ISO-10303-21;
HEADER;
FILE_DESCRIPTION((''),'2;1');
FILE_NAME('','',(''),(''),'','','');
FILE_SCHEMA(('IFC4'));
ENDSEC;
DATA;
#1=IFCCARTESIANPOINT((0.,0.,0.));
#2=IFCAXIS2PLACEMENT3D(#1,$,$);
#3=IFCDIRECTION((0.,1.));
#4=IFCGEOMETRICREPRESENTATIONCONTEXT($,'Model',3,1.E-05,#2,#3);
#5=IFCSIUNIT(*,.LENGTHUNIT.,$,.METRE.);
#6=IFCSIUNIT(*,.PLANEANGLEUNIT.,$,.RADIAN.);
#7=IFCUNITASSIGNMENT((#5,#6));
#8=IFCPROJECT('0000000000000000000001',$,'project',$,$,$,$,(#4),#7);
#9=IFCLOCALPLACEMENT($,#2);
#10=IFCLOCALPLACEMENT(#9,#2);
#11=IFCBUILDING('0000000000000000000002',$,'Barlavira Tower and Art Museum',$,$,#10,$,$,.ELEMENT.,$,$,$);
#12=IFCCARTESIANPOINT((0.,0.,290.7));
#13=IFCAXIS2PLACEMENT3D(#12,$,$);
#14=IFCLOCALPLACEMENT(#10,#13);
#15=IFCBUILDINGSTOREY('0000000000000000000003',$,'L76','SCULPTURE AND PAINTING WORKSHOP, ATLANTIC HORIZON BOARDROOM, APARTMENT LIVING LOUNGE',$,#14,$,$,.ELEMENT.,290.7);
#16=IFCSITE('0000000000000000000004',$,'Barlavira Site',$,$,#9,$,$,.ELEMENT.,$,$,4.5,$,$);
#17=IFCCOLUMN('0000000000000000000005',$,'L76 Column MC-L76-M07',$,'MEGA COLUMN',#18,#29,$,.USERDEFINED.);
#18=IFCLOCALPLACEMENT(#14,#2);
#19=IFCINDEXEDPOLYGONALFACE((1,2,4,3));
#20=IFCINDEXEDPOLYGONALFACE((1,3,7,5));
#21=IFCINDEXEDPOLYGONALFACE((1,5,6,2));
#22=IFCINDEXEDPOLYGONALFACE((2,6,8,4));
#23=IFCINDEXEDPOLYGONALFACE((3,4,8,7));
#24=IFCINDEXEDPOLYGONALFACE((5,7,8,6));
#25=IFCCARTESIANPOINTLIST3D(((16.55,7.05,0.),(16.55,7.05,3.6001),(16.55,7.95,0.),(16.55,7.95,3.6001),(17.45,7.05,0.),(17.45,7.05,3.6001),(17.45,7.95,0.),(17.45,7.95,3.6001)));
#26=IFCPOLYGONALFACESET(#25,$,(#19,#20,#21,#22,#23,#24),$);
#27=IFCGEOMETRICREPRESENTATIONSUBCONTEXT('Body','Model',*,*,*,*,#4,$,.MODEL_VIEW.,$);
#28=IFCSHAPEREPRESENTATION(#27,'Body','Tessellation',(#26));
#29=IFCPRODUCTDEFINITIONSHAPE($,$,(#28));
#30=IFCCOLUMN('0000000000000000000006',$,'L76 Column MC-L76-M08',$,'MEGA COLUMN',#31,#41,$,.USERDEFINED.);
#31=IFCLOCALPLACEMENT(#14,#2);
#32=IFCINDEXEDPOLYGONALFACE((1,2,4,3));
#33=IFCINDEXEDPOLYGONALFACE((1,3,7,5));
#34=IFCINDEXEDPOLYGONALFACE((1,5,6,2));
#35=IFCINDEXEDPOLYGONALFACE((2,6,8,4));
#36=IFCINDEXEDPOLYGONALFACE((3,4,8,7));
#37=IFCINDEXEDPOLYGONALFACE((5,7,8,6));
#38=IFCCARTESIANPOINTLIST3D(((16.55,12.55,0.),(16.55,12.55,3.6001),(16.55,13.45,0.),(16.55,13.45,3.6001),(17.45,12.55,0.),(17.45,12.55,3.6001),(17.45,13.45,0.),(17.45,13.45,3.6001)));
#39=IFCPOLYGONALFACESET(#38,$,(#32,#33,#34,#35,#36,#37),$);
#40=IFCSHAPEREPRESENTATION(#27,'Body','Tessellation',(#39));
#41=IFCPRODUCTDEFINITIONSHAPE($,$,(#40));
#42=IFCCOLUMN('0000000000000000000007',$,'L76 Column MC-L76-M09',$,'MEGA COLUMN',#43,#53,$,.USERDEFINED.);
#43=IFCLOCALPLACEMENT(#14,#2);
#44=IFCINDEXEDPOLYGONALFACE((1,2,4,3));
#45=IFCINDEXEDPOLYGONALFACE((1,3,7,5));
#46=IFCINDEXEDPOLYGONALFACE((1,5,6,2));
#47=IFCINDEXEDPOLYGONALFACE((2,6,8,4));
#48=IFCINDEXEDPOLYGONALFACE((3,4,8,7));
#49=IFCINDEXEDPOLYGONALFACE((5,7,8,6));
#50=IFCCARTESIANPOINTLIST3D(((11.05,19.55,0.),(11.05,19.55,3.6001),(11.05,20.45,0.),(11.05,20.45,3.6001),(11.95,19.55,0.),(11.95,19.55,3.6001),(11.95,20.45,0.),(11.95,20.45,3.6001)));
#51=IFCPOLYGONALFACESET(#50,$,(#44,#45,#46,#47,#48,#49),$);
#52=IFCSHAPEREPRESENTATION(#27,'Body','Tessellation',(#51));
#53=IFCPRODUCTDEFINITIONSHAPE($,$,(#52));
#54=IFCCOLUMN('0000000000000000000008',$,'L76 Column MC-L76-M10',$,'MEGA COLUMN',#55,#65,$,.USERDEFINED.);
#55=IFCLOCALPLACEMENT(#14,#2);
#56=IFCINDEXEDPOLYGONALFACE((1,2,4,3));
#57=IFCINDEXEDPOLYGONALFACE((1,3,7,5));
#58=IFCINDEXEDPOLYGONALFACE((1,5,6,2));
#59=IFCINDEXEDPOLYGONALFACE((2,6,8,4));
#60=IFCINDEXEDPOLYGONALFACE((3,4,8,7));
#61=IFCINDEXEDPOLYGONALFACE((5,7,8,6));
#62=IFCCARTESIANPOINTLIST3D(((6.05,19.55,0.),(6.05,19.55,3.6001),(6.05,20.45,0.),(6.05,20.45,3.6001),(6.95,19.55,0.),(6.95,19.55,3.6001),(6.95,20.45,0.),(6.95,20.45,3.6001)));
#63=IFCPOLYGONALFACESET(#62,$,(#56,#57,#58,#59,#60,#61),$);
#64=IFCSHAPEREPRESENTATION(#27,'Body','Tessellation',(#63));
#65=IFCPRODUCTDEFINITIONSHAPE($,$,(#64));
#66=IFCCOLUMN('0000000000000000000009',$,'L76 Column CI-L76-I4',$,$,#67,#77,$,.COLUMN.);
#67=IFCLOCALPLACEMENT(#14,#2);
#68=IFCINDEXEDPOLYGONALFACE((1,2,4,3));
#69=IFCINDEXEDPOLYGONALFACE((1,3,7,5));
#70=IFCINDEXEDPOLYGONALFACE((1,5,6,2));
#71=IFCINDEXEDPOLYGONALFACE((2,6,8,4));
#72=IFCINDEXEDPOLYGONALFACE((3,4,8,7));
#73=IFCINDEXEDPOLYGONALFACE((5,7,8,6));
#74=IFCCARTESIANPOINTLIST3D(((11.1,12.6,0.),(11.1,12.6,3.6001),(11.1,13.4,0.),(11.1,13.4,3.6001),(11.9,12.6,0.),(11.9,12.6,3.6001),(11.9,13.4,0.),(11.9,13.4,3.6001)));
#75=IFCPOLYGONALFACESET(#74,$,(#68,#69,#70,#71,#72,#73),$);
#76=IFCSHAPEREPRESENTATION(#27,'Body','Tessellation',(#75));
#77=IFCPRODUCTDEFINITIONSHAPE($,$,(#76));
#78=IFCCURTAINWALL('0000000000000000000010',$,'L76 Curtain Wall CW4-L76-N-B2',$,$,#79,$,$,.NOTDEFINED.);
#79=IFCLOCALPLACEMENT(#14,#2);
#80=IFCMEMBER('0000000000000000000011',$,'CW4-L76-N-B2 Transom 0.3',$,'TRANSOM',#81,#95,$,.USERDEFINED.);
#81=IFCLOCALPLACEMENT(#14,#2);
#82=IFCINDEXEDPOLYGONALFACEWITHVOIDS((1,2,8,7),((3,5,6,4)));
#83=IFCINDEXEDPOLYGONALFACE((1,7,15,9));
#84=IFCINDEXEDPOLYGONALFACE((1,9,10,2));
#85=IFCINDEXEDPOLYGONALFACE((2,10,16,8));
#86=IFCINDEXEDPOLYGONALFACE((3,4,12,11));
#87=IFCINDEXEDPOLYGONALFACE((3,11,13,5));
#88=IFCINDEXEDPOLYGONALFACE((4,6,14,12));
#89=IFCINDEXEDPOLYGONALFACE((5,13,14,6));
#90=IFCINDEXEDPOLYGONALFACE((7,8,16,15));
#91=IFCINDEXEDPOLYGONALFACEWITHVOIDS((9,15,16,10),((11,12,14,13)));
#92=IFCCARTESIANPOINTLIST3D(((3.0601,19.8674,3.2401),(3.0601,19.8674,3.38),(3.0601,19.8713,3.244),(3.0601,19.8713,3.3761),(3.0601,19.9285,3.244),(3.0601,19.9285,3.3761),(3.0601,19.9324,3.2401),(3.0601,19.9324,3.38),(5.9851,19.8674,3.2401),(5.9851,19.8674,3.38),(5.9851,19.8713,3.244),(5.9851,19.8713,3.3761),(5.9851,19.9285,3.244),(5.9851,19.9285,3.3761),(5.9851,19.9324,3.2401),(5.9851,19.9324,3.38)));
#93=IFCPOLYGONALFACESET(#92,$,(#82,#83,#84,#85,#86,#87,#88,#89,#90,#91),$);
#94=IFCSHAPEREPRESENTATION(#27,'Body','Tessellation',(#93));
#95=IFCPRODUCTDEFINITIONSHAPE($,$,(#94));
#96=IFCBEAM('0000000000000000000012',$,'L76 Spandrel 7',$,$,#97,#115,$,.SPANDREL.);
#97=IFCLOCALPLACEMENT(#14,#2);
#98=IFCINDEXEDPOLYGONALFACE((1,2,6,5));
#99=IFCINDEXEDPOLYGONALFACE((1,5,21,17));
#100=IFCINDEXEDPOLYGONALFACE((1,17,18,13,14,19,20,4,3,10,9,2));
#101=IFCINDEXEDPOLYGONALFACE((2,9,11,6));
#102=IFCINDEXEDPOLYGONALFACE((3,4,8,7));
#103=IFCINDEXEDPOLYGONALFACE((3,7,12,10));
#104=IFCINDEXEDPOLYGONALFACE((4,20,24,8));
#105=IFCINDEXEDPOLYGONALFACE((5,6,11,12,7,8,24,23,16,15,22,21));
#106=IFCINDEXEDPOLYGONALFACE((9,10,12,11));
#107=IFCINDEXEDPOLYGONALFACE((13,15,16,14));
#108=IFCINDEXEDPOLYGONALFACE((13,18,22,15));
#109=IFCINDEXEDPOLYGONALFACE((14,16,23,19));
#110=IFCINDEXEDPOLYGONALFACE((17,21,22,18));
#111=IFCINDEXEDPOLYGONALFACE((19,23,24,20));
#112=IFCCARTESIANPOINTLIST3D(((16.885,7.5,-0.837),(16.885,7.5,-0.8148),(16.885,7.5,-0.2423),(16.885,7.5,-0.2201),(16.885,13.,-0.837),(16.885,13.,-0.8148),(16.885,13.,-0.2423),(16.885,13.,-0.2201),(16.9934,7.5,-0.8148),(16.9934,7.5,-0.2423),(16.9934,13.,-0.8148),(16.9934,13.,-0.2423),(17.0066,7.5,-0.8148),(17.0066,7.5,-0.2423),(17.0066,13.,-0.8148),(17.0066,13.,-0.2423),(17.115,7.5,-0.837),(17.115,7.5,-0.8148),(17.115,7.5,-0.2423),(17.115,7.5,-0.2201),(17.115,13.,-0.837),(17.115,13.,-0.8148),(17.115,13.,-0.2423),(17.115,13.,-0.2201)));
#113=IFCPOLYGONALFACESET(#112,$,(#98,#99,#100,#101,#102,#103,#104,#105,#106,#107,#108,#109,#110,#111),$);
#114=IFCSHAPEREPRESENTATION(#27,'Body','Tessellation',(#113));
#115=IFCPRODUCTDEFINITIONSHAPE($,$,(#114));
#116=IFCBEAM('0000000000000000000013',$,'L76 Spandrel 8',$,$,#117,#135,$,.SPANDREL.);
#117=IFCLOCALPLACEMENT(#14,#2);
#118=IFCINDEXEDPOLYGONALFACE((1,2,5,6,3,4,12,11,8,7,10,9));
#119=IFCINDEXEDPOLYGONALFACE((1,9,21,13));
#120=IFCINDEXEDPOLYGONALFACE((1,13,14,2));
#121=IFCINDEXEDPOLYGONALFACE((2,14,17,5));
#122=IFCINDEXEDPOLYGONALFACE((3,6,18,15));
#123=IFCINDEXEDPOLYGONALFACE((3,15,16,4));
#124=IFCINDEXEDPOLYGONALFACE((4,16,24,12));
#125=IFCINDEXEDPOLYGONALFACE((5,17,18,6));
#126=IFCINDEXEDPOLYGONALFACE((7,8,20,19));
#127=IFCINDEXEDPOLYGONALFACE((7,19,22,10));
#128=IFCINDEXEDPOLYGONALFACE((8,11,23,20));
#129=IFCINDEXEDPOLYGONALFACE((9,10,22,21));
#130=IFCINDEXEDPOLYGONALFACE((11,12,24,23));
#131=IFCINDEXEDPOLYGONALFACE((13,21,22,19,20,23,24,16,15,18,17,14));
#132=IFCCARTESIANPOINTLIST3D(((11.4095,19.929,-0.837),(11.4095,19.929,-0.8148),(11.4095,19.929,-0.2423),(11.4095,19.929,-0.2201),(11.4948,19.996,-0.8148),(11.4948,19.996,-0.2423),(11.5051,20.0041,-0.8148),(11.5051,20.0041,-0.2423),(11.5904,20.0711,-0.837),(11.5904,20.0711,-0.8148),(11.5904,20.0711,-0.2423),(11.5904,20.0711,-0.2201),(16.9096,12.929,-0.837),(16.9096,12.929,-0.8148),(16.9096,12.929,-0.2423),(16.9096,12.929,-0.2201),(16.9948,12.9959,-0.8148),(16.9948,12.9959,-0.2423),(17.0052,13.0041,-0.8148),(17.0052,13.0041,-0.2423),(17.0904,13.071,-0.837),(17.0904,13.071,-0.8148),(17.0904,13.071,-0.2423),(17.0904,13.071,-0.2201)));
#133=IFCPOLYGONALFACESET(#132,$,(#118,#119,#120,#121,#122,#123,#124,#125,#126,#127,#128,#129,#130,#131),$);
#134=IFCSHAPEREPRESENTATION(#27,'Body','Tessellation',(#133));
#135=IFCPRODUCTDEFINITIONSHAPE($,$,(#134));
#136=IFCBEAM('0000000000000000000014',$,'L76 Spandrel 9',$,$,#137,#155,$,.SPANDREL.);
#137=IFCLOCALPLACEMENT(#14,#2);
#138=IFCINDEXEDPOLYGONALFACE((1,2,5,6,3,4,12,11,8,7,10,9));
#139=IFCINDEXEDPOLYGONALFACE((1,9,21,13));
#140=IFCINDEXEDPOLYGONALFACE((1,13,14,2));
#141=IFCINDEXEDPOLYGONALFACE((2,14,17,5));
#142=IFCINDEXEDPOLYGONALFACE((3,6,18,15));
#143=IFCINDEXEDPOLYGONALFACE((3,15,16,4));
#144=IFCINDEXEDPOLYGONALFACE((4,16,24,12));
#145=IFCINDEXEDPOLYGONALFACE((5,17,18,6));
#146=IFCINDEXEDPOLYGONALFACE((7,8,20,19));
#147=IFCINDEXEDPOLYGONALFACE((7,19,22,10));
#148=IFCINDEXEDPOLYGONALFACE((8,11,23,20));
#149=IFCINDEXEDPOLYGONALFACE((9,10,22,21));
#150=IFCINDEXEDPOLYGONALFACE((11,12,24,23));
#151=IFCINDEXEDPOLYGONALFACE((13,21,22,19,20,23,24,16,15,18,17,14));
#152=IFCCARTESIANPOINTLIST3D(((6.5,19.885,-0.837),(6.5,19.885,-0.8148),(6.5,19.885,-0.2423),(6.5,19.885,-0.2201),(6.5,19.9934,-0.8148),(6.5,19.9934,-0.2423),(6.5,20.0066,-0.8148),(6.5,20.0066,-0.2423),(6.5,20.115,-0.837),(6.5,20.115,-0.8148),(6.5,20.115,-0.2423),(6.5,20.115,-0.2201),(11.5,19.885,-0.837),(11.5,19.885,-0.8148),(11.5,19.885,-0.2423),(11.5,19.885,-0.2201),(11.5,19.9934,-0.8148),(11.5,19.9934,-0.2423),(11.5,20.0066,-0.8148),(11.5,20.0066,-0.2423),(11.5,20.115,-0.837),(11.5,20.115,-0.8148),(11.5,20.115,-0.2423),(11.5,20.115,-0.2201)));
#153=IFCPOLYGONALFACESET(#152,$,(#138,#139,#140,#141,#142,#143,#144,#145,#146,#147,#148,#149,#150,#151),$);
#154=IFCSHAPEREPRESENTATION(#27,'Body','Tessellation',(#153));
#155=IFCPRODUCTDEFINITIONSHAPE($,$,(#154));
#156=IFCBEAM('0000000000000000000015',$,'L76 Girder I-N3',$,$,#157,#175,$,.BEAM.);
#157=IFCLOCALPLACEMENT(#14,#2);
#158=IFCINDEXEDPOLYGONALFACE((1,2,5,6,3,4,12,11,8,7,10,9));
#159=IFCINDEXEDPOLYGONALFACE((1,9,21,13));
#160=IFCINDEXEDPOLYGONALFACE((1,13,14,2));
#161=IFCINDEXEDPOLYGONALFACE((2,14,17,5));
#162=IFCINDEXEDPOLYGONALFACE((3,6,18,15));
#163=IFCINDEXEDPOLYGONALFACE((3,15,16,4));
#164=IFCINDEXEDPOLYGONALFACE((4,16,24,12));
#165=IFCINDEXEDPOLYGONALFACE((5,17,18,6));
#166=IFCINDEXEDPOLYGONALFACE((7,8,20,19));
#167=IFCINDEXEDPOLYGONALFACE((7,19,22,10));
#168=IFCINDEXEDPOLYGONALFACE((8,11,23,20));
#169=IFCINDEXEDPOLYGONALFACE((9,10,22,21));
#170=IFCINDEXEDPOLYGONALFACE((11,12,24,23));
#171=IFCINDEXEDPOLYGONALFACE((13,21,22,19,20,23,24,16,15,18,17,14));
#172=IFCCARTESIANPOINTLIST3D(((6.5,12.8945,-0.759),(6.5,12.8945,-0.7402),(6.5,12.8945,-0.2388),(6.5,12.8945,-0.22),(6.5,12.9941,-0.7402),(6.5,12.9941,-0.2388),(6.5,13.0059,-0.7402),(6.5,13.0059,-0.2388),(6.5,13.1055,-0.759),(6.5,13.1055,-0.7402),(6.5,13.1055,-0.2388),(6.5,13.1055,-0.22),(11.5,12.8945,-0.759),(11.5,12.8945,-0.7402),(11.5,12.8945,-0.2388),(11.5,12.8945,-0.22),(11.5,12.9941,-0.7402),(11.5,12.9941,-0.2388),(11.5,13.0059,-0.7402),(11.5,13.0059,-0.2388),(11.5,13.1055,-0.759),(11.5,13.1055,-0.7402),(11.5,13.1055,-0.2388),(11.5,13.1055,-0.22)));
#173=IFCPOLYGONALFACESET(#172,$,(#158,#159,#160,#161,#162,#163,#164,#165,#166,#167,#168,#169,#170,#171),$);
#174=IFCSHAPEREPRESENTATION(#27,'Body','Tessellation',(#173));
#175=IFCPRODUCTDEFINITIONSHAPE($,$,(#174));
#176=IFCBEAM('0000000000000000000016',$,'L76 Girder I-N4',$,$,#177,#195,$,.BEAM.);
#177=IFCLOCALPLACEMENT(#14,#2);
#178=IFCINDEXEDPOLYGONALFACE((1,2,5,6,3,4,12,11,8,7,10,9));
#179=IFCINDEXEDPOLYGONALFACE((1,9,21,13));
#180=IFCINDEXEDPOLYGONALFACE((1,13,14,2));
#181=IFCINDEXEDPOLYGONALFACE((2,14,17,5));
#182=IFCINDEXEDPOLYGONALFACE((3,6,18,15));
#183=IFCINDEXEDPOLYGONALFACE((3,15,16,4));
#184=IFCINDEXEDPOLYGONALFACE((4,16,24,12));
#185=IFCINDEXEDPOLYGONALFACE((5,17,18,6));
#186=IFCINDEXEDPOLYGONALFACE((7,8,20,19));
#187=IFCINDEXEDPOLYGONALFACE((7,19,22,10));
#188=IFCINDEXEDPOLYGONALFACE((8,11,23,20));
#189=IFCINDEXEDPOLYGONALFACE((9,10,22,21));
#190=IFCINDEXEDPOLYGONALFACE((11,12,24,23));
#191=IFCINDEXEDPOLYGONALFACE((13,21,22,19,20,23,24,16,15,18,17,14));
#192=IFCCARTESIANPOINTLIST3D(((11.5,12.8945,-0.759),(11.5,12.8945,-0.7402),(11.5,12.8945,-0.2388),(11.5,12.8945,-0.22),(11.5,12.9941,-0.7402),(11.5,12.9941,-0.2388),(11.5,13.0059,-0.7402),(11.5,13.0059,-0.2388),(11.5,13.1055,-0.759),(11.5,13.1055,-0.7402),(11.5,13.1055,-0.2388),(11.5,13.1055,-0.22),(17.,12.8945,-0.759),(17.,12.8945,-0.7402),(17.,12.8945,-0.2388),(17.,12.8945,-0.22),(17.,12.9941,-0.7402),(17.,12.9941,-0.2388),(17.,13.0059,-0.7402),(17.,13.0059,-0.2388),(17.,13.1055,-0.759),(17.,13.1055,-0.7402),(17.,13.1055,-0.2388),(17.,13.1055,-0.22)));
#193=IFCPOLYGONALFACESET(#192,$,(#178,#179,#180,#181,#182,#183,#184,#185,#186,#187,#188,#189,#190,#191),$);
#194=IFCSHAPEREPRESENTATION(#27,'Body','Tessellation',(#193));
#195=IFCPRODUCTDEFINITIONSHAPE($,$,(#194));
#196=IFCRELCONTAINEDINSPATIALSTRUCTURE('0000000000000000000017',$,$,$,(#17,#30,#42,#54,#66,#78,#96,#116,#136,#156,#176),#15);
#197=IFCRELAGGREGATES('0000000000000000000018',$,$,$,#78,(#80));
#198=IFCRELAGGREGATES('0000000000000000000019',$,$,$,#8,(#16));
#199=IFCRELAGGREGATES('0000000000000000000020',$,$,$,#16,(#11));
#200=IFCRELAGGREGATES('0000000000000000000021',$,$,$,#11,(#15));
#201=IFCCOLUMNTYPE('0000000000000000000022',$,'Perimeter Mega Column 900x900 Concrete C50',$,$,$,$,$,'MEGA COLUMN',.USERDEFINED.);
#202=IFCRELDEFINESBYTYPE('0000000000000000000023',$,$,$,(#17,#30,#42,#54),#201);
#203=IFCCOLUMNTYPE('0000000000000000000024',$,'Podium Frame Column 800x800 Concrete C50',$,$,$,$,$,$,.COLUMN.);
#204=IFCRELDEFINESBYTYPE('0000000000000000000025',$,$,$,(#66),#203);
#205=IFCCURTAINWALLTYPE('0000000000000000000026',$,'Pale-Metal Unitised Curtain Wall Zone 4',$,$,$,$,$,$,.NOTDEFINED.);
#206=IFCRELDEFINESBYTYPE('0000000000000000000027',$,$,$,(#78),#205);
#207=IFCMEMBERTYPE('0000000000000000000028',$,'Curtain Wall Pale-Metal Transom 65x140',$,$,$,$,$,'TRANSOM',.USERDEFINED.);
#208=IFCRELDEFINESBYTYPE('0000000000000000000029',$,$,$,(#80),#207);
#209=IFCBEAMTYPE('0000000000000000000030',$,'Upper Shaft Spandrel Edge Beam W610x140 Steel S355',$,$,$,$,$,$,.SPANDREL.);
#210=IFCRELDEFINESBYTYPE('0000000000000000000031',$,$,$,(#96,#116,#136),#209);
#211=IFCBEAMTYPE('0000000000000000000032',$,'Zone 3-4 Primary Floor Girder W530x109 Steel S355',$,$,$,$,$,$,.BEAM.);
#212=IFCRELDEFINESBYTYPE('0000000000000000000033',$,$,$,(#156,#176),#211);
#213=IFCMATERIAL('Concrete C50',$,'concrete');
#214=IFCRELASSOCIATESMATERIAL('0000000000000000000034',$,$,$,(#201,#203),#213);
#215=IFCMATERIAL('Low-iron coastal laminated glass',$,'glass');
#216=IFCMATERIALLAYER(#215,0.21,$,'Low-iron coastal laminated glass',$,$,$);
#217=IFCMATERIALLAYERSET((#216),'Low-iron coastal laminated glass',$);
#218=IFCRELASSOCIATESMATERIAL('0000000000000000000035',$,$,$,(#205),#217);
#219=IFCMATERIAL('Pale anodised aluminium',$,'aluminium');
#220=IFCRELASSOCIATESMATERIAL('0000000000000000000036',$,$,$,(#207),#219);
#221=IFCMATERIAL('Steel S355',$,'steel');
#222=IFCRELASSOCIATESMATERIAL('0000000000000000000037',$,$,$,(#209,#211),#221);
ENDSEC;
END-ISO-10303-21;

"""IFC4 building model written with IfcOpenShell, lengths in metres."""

from ifc_helpers import new_model, si_unit, direction, frame, origin, origin_2d, place, context, subcontext, project, spatial, rectangle, hollow_rectangle, i_section, extrude, material, layer, layer_set, material_profile, profile_set, type_object, element, aggregate, save


model = new_model("IFC4")

# Units and contexts
model_context = context("Model", 3, precision=1e-05, world=origin(), true_north=direction((0.0, 1.0)))
body_context = subcontext(model_context, "Body", "Model", "MODEL_VIEW")
ifc_project = project(units=[si_unit("LENGTHUNIT", "METRE"), si_unit("PLANEANGLEUNIT", "RADIAN")], contexts=[model_context])

# Site, building, storey
site_placement = place(None, origin())
site = spatial("IfcSite", under=ifc_project, at=site_placement, Name="Barlavira Site", CompositionType="ELEMENT", RefElevation=4.5)
building_placement = place(site_placement, origin())
building = spatial("IfcBuilding", under=site, at=building_placement, Name="Barlavira Tower and Art Museum", CompositionType="ELEMENT")
storey_placement = place(building_placement, frame((0.0, 0.0, 290.7)))
storey = spatial("IfcBuildingStorey", under=building, at=storey_placement, Name="L76", Description="SCULPTURE AND PAINTING WORKSHOP, ATLANTIC HORIZON BOARDROOM, APARTMENT LIVING LOUNGE", CompositionType="ELEMENT", Elevation=290.7)

# Columns
ifc_material_1 = material(Name="Concrete C50", Category="concrete")
ifc_material_profile_1 = material_profile(ifc_material_1, rectangle(XDim=0.8999, YDim=0.8999, at=origin_2d()), Name="RC-COL 900x900")
ifc_profile_set_1 = profile_set([ifc_material_profile_1], Name="Concrete C50")
column_type_1 = type_object("IfcColumnType", Name="Perimeter Mega Column 900x900 Concrete C50", ElementType="MEGA COLUMN", PredefinedType="USERDEFINED", material=ifc_profile_set_1)
for number, where, z_axis, x_axis, name in (
    (1, (17.0, 7.5, 0.0), (0.0, 0.0, 1.0), (1.0, 0.0, 0.0), "L76 Column MC-L76-M07"),
    (2, (17.0, 13.0, 0.0), (0.0, 0.0, 1.0), (1.0, 0.0, 0.0), "L76 Column MC-L76-M08"),
    (3, (11.5, 20.0, 0.0), (0.0, 0.0, 1.0), (1.0, 0.0, 0.0), "L76 Column MC-L76-M09"),
    (4, (6.5, 20.0, 0.0), (0.0, 0.0, 1.0), (1.0, 0.0, 0.0), "L76 Column MC-L76-M10"),
):
    element("IfcColumn", number, at=place(storey_placement, frame(where, z_axis=z_axis, x_axis=x_axis)), inside=storey, type_object=column_type_1, Name=name, ObjectType="MEGA COLUMN", PredefinedType="USERDEFINED", context=body_context, shape_type="SweptSolid", body=[
        extrude(rectangle(XDim=0.8999, YDim=0.8999, at=origin_2d()), origin(), (0.0, 0.0, 1.0), 3.6001),
    ])
ifc_material_profile_2 = material_profile(ifc_material_1, rectangle(XDim=0.8, YDim=0.8, at=origin_2d()), Name="RC-COL 800x800")
ifc_profile_set_2 = profile_set([ifc_material_profile_2], Name="Concrete C50")
column_type_2 = type_object("IfcColumnType", Name="Podium Frame Column 800x800 Concrete C50", PredefinedType="COLUMN", material=ifc_profile_set_2)
column_placement = place(storey_placement, frame((11.5, 13.0, 0.0), z_axis=(0.0, 0.0, 1.0), x_axis=(1.0, 0.0, 0.0)))
element("IfcColumn", 5, at=column_placement, inside=storey, type_object=column_type_2, Name="L76 Column CI-L76-I4", PredefinedType="COLUMN", context=body_context, shape_type="SweptSolid", body=[
    extrude(rectangle(XDim=0.8, YDim=0.8, at=origin_2d()), origin(), (0.0, 0.0, 1.0), 3.6001),
])

# Curtain wall, member
ifc_material_2 = material(Name="Low-iron coastal laminated glass", Category="glass")
ifc_layer_1 = layer(ifc_material_2, 0.21, Name="Low-iron coastal laminated glass")
ifc_layer_set_1 = layer_set([ifc_layer_1], Name="Low-iron coastal laminated glass")
curtain_wall_type = type_object("IfcCurtainWallType", Name="Pale-Metal Unitised Curtain Wall Zone 4", PredefinedType="NOTDEFINED", material=ifc_layer_set_1)
curtain_wall_placement = place(storey_placement, origin())
curtain_wall = element("IfcCurtainWall", 6, at=curtain_wall_placement, inside=storey, type_object=curtain_wall_type, Name="L76 Curtain Wall CW4-L76-N-B2", PredefinedType="NOTDEFINED")
ifc_material_3 = material(Name="Pale anodised aluminium", Category="aluminium")
ifc_material_profile_3 = material_profile(ifc_material_3, hollow_rectangle(XDim=0.0649, YDim=0.1399, WallThickness=0.0039, at=origin_2d()), Name="ALU-TRAN 65x140x4")
ifc_profile_set_3 = profile_set([ifc_material_profile_3], Name="Pale anodised aluminium")
member_type = type_object("IfcMemberType", Name="Curtain Wall Pale-Metal Transom 65x140", ElementType="TRANSOM", PredefinedType="USERDEFINED", material=ifc_profile_set_3)
member_placement = place(storey_placement, frame((5.9851, 19.8999, 3.3101), z_axis=(-1.0, 0.0, 0.0), x_axis=(0.0, -1.0, 0.0)))
member = element("IfcMember", 7, at=member_placement, type_object=member_type, Name="CW4-L76-N-B2 Transom 0.3", ObjectType="TRANSOM", PredefinedType="USERDEFINED", context=body_context, shape_type="SweptSolid", body=[
    extrude(hollow_rectangle(XDim=0.0649, YDim=0.1399, WallThickness=0.0039, at=origin_2d()), origin(), (0.0, 0.0, 1.0), 2.925),
])
aggregate(curtain_wall, [member])

# Beams
ifc_material_4 = material(Name="Steel S355", Category="steel")
ifc_material_profile_4 = material_profile(ifc_material_4, i_section(OverallWidth=0.23, OverallDepth=0.6169, WebThickness=0.0132, FlangeThickness=0.0222, at=origin_2d()), Name="W610x140.0")
ifc_profile_set_4 = profile_set([ifc_material_profile_4], Name="Steel S355")
beam_type_1 = type_object("IfcBeamType", Name="Upper Shaft Spandrel Edge Beam W610x140 Steel S355", PredefinedType="SPANDREL", material=ifc_profile_set_4)
beam_1_placement = place(storey_placement, frame((17.0, 7.5, -0.5286), z_axis=(0.0, 1.0, 0.0), x_axis=(-1.0, 0.0, 0.0)))
element("IfcBeam", 8, at=beam_1_placement, inside=storey, type_object=beam_type_1, Name="L76 Spandrel 7", PredefinedType="SPANDREL", context=body_context, shape_type="SweptSolid", body=[
    extrude(i_section(OverallWidth=0.23, OverallDepth=0.6169, WebThickness=0.0132, FlangeThickness=0.0222, at=origin_2d()), origin(), (0.0, 0.0, 1.0), 5.5),
])
beam_2_placement = place(storey_placement, frame((17.0, 13.0, -0.5286), z_axis=(-0.617822, 0.786318, 0.0), x_axis=(-0.786318, -0.617822, 0.0)))
element("IfcBeam", 9, at=beam_2_placement, inside=storey, type_object=beam_type_1, Name="L76 Spandrel 8", PredefinedType="SPANDREL", context=body_context, shape_type="SweptSolid", body=[
    extrude(i_section(OverallWidth=0.23, OverallDepth=0.6169, WebThickness=0.0132, FlangeThickness=0.0222, at=origin_2d()), origin(), (0.0, 0.0, 1.0), 8.9023),
])
beam_3_placement = place(storey_placement, frame((6.5, 20.0, -0.5286), z_axis=(1.0, 0.0, 0.0), x_axis=(0.0, 1.0, 0.0)))
element("IfcBeam", 10, at=beam_3_placement, inside=storey, type_object=beam_type_1, Name="L76 Spandrel 9", PredefinedType="SPANDREL", context=body_context, shape_type="SweptSolid", body=[
    extrude(i_section(OverallWidth=0.23, OverallDepth=0.6169, WebThickness=0.0132, FlangeThickness=0.0222, at=origin_2d()), origin(), (0.0, 0.0, 1.0), 5.0),
])
ifc_material_profile_5 = material_profile(ifc_material_4, i_section(OverallWidth=0.2109, OverallDepth=0.5391, WebThickness=0.0117, FlangeThickness=0.0188, at=origin_2d()), Name="W530x109.0")
ifc_profile_set_5 = profile_set([ifc_material_profile_5], Name="Steel S355")
beam_type_2 = type_object("IfcBeamType", Name="Zone 3-4 Primary Floor Girder W530x109 Steel S355", PredefinedType="BEAM", material=ifc_profile_set_5)
beam_4_placement = place(storey_placement, frame((6.5, 13.0, -0.4895), z_axis=(1.0, 0.0, 0.0), x_axis=(0.0, 1.0, 0.0)))
element("IfcBeam", 11, at=beam_4_placement, inside=storey, type_object=beam_type_2, Name="L76 Girder I-N3", PredefinedType="BEAM", context=body_context, shape_type="SweptSolid", body=[
    extrude(i_section(OverallWidth=0.2109, OverallDepth=0.5391, WebThickness=0.0117, FlangeThickness=0.0188, at=origin_2d()), origin(), (0.0, 0.0, 1.0), 5.0),
])
beam_5_placement = place(storey_placement, frame((11.5, 13.0, -0.4895), z_axis=(1.0, 0.0, 0.0), x_axis=(0.0, 1.0, 0.0)))
element("IfcBeam", 12, at=beam_5_placement, inside=storey, type_object=beam_type_2, Name="L76 Girder I-N4", PredefinedType="BEAM", context=body_context, shape_type="SweptSolid", body=[
    extrude(i_section(OverallWidth=0.2109, OverallDepth=0.5391, WebThickness=0.0117, FlangeThickness=0.0188, at=origin_2d()), origin(), (0.0, 0.0, 1.0), 5.5),
])

save(model, "model.ifc")
